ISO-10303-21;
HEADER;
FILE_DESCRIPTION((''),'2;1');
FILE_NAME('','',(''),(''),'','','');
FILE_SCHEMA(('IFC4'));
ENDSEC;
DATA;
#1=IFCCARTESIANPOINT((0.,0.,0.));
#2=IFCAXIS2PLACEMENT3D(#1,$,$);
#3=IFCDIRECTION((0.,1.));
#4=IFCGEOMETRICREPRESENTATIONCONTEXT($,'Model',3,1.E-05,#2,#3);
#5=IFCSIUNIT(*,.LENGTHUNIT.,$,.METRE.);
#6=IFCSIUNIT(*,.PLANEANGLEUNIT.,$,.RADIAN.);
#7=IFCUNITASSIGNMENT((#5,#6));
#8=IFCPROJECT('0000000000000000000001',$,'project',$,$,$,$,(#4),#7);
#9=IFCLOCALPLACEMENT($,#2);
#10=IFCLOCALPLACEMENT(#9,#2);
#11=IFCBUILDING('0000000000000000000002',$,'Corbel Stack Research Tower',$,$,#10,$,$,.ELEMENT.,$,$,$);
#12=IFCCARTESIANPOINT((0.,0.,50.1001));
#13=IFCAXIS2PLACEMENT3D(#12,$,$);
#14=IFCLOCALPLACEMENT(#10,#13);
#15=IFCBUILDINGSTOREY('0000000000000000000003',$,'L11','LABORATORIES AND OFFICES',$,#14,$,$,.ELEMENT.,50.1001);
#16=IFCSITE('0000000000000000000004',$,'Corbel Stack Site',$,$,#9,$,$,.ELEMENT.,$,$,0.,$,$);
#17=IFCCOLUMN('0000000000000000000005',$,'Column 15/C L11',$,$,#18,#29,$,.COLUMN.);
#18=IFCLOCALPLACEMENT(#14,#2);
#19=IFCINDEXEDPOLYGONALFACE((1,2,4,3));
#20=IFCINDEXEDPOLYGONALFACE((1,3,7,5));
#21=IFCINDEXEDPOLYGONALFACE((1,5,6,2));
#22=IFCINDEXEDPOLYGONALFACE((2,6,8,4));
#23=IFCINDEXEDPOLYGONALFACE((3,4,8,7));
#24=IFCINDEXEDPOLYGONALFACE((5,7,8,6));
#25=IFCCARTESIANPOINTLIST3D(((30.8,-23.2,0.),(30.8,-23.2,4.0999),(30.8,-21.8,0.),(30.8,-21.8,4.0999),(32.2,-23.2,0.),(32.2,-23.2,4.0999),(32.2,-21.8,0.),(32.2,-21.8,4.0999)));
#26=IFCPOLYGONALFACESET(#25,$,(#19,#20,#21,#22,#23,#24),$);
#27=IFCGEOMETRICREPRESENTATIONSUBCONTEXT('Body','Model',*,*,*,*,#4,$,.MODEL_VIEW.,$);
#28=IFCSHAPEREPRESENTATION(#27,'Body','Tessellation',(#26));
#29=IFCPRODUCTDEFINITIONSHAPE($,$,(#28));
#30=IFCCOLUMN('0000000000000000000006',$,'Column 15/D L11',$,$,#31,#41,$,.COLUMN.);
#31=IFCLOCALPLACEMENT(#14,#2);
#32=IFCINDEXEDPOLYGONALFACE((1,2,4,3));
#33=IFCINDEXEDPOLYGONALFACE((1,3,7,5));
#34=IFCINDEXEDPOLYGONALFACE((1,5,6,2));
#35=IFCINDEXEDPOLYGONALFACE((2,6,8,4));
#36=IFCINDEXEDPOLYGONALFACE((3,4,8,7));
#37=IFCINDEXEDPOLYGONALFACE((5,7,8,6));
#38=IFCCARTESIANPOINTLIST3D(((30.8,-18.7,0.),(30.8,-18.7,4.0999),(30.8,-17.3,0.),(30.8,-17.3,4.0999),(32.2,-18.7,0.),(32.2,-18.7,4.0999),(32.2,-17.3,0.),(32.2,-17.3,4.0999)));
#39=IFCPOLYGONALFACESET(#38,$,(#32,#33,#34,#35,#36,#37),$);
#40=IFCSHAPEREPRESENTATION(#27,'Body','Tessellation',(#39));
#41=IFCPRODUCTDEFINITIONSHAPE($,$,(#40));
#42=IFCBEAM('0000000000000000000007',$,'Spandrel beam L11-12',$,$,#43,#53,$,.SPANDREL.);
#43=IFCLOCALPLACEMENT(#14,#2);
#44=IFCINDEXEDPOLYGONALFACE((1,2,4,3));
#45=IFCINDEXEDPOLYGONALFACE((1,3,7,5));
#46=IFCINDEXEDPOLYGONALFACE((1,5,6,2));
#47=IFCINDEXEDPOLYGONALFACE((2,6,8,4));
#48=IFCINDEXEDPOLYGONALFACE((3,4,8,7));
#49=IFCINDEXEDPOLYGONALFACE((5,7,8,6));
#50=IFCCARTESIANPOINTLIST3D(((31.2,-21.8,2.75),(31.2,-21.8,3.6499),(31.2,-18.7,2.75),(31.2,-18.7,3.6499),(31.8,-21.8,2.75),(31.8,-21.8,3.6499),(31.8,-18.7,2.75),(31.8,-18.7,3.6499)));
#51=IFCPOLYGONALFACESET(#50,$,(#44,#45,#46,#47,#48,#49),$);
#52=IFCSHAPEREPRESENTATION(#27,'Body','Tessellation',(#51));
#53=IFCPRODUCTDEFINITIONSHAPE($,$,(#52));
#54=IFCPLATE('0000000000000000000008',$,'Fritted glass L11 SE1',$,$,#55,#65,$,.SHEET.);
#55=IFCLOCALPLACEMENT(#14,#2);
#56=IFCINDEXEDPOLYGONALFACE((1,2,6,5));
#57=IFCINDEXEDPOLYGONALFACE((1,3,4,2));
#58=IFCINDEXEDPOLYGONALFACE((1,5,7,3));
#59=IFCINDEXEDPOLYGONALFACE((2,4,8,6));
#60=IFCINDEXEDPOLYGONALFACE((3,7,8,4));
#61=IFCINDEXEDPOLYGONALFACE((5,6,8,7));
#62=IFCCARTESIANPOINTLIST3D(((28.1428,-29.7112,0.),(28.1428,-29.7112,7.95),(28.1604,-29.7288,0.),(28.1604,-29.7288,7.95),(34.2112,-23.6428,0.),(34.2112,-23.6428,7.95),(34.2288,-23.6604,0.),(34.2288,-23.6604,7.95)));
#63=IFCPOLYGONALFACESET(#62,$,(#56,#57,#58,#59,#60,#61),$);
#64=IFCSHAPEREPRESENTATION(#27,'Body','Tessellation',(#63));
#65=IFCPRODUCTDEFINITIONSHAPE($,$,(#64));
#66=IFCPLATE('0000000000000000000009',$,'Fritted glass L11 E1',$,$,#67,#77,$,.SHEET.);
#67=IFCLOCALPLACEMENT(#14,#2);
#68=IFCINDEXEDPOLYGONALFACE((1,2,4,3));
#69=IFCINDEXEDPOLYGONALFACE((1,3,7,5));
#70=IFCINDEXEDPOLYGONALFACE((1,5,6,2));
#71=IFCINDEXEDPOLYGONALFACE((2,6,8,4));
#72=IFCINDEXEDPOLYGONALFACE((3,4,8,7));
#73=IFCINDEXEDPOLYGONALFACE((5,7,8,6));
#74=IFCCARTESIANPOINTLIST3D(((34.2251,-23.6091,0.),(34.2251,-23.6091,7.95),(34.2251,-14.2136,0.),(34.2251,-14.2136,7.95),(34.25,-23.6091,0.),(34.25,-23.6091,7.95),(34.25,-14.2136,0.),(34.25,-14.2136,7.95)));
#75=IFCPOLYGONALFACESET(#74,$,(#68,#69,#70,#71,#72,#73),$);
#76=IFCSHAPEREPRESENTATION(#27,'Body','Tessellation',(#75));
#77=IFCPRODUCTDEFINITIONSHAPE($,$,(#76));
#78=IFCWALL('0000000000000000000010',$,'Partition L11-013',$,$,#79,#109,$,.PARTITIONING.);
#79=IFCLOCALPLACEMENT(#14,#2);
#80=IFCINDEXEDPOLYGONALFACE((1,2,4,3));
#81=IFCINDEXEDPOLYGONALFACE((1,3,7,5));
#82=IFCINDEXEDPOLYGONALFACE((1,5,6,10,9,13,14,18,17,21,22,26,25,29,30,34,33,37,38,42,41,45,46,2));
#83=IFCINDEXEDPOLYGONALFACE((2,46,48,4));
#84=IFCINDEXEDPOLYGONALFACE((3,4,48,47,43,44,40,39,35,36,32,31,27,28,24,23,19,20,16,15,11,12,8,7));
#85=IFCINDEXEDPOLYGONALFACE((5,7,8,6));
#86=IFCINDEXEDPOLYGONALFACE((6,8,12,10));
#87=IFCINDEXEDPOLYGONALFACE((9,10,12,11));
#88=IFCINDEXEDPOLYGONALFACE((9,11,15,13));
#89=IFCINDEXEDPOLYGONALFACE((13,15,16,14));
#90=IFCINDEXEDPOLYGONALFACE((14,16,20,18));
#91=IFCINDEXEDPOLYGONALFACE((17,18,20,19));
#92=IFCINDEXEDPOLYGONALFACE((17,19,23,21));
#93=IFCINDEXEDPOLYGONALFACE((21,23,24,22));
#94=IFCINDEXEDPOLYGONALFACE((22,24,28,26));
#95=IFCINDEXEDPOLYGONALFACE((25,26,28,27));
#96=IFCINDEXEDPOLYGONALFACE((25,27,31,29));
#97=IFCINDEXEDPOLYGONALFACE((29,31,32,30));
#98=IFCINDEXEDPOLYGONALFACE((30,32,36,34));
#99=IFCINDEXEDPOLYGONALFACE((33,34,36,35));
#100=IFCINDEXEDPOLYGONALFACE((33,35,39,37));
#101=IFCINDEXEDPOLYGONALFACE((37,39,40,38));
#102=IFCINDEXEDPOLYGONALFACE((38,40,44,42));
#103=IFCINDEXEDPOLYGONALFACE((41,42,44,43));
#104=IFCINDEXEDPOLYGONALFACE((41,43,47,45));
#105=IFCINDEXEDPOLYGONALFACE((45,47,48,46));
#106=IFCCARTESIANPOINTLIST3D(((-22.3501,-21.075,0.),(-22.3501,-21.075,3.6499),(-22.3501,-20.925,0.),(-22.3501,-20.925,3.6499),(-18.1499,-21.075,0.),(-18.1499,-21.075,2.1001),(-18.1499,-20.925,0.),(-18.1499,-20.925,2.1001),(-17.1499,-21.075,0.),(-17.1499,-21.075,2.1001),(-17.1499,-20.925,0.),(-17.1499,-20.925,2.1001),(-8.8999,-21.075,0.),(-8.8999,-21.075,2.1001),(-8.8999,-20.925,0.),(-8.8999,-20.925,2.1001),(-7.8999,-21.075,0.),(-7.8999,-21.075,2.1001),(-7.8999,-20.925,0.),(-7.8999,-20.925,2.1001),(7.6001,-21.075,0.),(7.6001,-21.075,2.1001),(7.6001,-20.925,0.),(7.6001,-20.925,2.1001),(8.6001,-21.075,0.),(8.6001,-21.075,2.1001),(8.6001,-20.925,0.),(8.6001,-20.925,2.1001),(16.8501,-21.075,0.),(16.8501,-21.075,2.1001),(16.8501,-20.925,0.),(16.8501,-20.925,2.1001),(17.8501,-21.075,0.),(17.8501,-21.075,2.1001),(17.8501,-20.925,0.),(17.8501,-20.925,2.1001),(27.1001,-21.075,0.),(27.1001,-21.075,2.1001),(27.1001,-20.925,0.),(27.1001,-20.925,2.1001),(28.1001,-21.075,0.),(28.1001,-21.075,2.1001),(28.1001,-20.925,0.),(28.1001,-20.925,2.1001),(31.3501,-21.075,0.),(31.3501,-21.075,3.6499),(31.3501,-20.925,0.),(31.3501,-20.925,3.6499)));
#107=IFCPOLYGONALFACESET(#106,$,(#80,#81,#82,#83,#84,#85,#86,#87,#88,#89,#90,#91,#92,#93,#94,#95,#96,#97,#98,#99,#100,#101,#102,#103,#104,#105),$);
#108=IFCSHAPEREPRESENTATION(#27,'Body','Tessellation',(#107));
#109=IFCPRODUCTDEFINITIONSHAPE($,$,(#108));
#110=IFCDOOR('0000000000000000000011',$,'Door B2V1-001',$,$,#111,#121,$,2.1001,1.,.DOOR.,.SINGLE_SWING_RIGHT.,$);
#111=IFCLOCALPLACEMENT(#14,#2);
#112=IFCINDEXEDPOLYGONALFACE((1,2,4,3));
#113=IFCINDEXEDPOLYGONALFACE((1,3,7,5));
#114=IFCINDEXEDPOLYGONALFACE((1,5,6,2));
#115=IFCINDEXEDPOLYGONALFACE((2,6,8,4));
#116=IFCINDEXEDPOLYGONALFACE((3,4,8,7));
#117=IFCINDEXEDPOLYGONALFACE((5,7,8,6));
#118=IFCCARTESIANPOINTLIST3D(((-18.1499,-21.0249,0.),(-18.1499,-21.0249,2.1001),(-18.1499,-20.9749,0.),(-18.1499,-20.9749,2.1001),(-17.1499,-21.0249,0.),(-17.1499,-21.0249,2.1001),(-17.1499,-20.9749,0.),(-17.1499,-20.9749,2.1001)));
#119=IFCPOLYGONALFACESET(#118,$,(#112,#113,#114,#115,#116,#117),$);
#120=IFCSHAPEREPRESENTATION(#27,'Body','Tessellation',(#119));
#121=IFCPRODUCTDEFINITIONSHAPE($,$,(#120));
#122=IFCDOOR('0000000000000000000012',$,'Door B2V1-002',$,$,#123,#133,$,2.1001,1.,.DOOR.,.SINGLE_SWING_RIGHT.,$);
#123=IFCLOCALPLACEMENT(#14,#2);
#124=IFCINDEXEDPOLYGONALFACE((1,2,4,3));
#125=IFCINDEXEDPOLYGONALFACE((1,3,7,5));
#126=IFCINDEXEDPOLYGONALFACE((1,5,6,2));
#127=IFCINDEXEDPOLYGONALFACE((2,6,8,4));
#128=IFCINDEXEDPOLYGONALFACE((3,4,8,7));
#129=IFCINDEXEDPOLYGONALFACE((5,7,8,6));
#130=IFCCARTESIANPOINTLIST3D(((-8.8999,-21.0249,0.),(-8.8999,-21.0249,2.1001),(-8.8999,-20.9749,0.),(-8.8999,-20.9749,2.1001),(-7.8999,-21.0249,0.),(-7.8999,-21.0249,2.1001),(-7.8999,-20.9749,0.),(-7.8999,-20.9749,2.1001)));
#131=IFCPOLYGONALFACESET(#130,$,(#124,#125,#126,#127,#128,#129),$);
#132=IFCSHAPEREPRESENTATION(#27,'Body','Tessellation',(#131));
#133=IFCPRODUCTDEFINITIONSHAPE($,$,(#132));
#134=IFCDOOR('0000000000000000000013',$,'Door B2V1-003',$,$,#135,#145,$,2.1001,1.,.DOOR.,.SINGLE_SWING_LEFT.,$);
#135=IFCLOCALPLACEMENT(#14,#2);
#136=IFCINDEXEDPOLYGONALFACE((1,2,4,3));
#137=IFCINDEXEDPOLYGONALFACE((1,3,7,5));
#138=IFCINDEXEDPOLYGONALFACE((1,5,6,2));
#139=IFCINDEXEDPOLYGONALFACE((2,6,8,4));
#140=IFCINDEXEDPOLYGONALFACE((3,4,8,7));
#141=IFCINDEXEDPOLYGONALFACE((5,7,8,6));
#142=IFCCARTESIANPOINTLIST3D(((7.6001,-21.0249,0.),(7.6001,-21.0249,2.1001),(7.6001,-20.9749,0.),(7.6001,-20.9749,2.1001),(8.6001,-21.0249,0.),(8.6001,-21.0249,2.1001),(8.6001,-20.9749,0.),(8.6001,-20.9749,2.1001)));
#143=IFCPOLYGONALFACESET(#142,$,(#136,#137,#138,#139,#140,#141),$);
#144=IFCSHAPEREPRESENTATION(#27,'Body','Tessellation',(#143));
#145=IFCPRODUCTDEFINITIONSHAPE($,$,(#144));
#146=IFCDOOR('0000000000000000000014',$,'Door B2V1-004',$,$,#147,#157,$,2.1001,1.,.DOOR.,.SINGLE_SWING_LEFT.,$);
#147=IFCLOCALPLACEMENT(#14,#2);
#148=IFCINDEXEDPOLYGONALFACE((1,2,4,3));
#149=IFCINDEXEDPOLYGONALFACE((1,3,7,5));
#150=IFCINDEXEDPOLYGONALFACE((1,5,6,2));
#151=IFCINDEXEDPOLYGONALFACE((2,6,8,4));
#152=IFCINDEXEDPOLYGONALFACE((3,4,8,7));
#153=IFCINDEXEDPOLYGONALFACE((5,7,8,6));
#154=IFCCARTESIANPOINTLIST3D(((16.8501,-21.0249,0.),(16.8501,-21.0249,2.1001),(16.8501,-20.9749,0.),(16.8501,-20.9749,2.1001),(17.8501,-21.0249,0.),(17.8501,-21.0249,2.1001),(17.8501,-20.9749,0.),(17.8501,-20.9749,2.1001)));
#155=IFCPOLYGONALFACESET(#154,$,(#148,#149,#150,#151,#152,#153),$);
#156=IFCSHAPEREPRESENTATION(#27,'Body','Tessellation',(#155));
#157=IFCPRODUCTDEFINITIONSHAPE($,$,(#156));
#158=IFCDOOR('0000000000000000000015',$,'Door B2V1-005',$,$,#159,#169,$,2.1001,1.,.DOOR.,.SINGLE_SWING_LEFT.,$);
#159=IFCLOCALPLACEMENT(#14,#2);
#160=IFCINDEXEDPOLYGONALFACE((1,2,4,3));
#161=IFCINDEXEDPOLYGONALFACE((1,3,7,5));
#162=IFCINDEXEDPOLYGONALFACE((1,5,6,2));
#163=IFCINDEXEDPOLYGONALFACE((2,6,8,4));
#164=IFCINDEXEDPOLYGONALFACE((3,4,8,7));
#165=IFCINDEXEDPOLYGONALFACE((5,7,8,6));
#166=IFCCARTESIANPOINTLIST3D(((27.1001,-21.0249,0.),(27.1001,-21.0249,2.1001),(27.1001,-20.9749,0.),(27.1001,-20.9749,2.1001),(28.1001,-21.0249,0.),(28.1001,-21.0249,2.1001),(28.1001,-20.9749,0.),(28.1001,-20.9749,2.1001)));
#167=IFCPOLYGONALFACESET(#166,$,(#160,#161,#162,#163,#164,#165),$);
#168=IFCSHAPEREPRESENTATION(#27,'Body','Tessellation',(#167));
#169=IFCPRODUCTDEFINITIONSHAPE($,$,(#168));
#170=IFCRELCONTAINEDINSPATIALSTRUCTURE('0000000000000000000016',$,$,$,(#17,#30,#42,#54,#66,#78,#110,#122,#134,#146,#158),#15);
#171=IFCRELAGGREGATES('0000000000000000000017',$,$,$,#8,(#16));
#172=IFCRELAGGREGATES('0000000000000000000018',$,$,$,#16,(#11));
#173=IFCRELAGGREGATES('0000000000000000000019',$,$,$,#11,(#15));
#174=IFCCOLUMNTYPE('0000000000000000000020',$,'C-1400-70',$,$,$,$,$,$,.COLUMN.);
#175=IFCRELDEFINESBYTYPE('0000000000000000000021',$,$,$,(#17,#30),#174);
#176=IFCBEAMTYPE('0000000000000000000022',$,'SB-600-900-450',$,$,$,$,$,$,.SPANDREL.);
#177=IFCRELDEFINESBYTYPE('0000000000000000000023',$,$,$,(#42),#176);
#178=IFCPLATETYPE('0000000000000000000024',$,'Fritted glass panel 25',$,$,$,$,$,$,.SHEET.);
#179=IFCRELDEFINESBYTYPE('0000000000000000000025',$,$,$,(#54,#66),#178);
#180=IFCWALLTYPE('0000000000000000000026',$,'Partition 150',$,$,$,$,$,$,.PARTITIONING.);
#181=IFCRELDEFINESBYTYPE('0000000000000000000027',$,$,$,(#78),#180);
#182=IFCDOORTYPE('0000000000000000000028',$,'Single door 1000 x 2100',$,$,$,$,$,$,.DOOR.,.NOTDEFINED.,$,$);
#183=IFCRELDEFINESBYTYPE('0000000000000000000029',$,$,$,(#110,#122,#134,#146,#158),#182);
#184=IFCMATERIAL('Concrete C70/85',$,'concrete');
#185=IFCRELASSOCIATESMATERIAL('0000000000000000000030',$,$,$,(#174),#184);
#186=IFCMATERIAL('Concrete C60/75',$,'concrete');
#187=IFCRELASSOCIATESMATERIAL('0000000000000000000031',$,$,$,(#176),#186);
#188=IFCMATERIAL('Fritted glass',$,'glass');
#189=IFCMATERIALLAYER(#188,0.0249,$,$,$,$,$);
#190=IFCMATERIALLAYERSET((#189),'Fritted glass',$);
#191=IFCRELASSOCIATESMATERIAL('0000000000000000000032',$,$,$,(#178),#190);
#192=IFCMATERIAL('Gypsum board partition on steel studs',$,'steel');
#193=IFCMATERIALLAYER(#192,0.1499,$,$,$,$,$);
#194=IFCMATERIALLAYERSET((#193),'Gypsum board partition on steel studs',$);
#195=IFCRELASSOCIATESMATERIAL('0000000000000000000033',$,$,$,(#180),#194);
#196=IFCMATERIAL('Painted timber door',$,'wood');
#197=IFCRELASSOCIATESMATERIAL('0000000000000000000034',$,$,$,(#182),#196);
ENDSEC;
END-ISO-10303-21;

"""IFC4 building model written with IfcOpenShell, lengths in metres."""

from ifc_helpers import new_model, si_unit, direction, frame, frame_2d, origin, origin_2d, place, context, subcontext, project, spatial, rectangle, extrude, material, layer, layer_set, material_profile, profile_set, type_object, element, fill, save


model = new_model("IFC4")

# Units and contexts
model_context = context("Model", 3, precision=1e-05, world=origin(), true_north=direction((0.0, 1.0)))
body_context = subcontext(model_context, "Body", "Model", "MODEL_VIEW")
ifc_project = project(units=[si_unit("LENGTHUNIT", "METRE"), si_unit("PLANEANGLEUNIT", "RADIAN")], contexts=[model_context])

# Site, building, storey
site_placement = place(None, origin())
site = spatial("IfcSite", under=ifc_project, at=site_placement, Name="Corbel Stack Site", CompositionType="ELEMENT", RefElevation=0.0)
building_placement = place(site_placement, origin())
building = spatial("IfcBuilding", under=site, at=building_placement, Name="Corbel Stack Research Tower", CompositionType="ELEMENT")
storey_placement = place(building_placement, frame((0.0, 0.0, 50.1001)))
storey = spatial("IfcBuildingStorey", under=building, at=storey_placement, Name="L11", Description="LABORATORIES AND OFFICES", CompositionType="ELEMENT", Elevation=50.1001)

# Columns
ifc_material_1 = material(Name="Concrete C70/85", Category="concrete")
ifc_material_profile_1 = material_profile(ifc_material_1, rectangle(XDim=1.3999, YDim=1.3999, at=origin_2d()), Name="RC 1400 x 1400")
ifc_profile_set_1 = profile_set([ifc_material_profile_1], Name="Concrete C70/85")
column_type = type_object("IfcColumnType", Name="C-1400-70", PredefinedType="COLUMN", material=ifc_profile_set_1)
for number, where, z_axis, x_axis, name in (
    (1, (31.5, -22.5, 0.0), (0.0, 0.0, 1.0), (1.0, 0.0, 0.0), "Column 15/C L11"),
    (2, (31.5, -18.0, 0.0), (0.0, 0.0, 1.0), (1.0, 0.0, 0.0), "Column 15/D L11"),
):
    element("IfcColumn", number, at=place(storey_placement, frame(where, z_axis=z_axis, x_axis=x_axis)), inside=storey, type_object=column_type, Name=name, PredefinedType="COLUMN", context=body_context, shape_type="SweptSolid", body=[
        extrude(rectangle(XDim=1.3999, YDim=1.3999, at=origin_2d()), origin(), (0.0, 0.0, 1.0), 4.0999),
    ])

# Beam
ifc_material_2 = material(Name="Concrete C60/75", Category="concrete")
ifc_material_profile_2 = material_profile(ifc_material_2, rectangle(XDim=0.6001, YDim=0.8999, at=origin_2d()), Name="RC 600 x 900")
ifc_profile_set_2 = profile_set([ifc_material_profile_2], Name="Concrete C60/75")
beam_type = type_object("IfcBeamType", Name="SB-600-900-450", PredefinedType="SPANDREL", material=ifc_profile_set_2)
beam_placement = place(storey_placement, frame((31.5, -21.8, 3.2), z_axis=(0.0, 1.0, 0.0), x_axis=(-1.0, 0.0, 0.0)))
element("IfcBeam", 3, at=beam_placement, inside=storey, type_object=beam_type, Name="Spandrel beam L11-12", PredefinedType="SPANDREL", context=body_context, shape_type="SweptSolid", body=[
    extrude(rectangle(XDim=0.6001, YDim=0.8999, at=origin_2d()), origin(), (0.0, 0.0, 1.0), 3.1001),
])

# Plates
ifc_material_3 = material(Name="Fritted glass", Category="glass")
ifc_layer_1 = layer(ifc_material_3, 0.0249)
ifc_layer_set_1 = layer_set([ifc_layer_1], Name="Fritted glass")
plate_type = type_object("IfcPlateType", Name="Fritted glass panel 25", PredefinedType="SHEET", material=ifc_layer_set_1)
plate_1_placement = place(storey_placement, frame((31.1858, -26.6858, 0.0), z_axis=(0.0, 0.0, 1.0), x_axis=(0.707107, 0.707107, 0.0)))
element("IfcPlate", 4, at=plate_1_placement, inside=storey, type_object=plate_type, Name="Fritted glass L11 SE1", PredefinedType="SHEET", context=body_context, shape_type="SweptSolid", body=[
    extrude(rectangle(XDim=8.582, YDim=0.0249, at=origin_2d()), origin(), (0.0, 0.0, 1.0), 7.95),
])
plate_2_placement = place(storey_placement, frame((34.2375, -18.9114, 0.0), z_axis=(0.0, 0.0, 1.0), x_axis=(0.0, 1.0, 0.0)))
element("IfcPlate", 5, at=plate_2_placement, inside=storey, type_object=plate_type, Name="Fritted glass L11 E1", PredefinedType="SHEET", context=body_context, shape_type="SweptSolid", body=[
    extrude(rectangle(XDim=9.3955, YDim=0.0249, at=origin_2d()), origin(), (0.0, 0.0, 1.0), 7.95),
])

# Wall, openings, doors
ifc_material_4 = material(Name="Gypsum board partition on steel studs", Category="steel")
ifc_layer_2 = layer(ifc_material_4, 0.1499)
ifc_layer_set_2 = layer_set([ifc_layer_2], Name="Gypsum board partition on steel studs")
wall_type_1 = type_object("IfcWallType", Name="Partition 150", PredefinedType="PARTITIONING", material=ifc_layer_set_2)
wall_1_placement = place(storey_placement, frame((31.3501, -21.0, 0.0), z_axis=(0.0, 0.0, 1.0), x_axis=(-1.0, 0.0, 0.0)))
wall_1 = element("IfcWall", 6, at=wall_1_placement, inside=storey, type_object=wall_type_1, Name="Partition L11-013", PredefinedType="PARTITIONING", context=body_context, shape_type="SweptSolid", body=[
    extrude(rectangle(XDim=53.7002, YDim=0.1499, at=frame_2d((26.8501, 0.0))), origin(), (0.0, 0.0, 1.0), 3.6499),
])
opening_1_placement = place(wall_1_placement, frame((48.5, 0.0, 0.0)))
opening_1 = element("IfcOpeningElement", 7, at=opening_1_placement, cuts=wall_1, PredefinedType="OPENING", context=body_context, shape_type="SweptSolid", body=[
    extrude(rectangle(XDim=1.0, YDim=2.1001, at=frame_2d((0.5, 1.05))), frame((0.0, 0.085, 0.0), z_axis=(0.0, -1.0, 0.0), x_axis=(1.0, 0.0, 0.0)), (0.0, 0.0, 1.0), 0.1699),
])
opening_2_placement = place(wall_1_placement, frame((39.25, 0.0, 0.0)))
opening_2 = element("IfcOpeningElement", 8, at=opening_2_placement, cuts=wall_1, PredefinedType="OPENING", context=body_context, shape_type="SweptSolid", body=[
    extrude(rectangle(XDim=1.0, YDim=2.1001, at=frame_2d((0.5, 1.05))), frame((0.0, 0.085, 0.0), z_axis=(0.0, -1.0, 0.0), x_axis=(1.0, 0.0, 0.0)), (0.0, 0.0, 1.0), 0.1699),
])
opening_3_placement = place(wall_1_placement, frame((22.75, 0.0, 0.0)))
opening_3 = element("IfcOpeningElement", 9, at=opening_3_placement, cuts=wall_1, PredefinedType="OPENING", context=body_context, shape_type="SweptSolid", body=[
    extrude(rectangle(XDim=1.0, YDim=2.1001, at=frame_2d((0.5, 1.05))), frame((0.0, 0.085, 0.0), z_axis=(0.0, -1.0, 0.0), x_axis=(1.0, 0.0, 0.0)), (0.0, 0.0, 1.0), 0.1699),
])
opening_4_placement = place(wall_1_placement, frame((13.5, 0.0, 0.0)))
opening_4 = element("IfcOpeningElement", 10, at=opening_4_placement, cuts=wall_1, PredefinedType="OPENING", context=body_context, shape_type="SweptSolid", body=[
    extrude(rectangle(XDim=1.0, YDim=2.1001, at=frame_2d((0.5, 1.05))), frame((0.0, 0.085, 0.0), z_axis=(0.0, -1.0, 0.0), x_axis=(1.0, 0.0, 0.0)), (0.0, 0.0, 1.0), 0.1699),
])
opening_5_placement = place(wall_1_placement, frame((3.25, 0.0, 0.0)))
opening_5 = element("IfcOpeningElement", 11, at=opening_5_placement, cuts=wall_1, PredefinedType="OPENING", context=body_context, shape_type="SweptSolid", body=[
    extrude(rectangle(XDim=1.0, YDim=2.1001, at=frame_2d((0.5, 1.05))), frame((0.0, 0.085, 0.0), z_axis=(0.0, -1.0, 0.0), x_axis=(1.0, 0.0, 0.0)), (0.0, 0.0, 1.0), 0.1699),
])
ifc_material_5 = material(Name="Painted timber door", Category="wood")
door_type_1 = type_object("IfcDoorType", Name="Single door 1000 x 2100", OperationType="NOTDEFINED", PredefinedType="DOOR", material=ifc_material_5)
door_1_placement = place(opening_1_placement, origin())
door_1 = element("IfcDoor", 12, at=door_1_placement, inside=storey, type_object=door_type_1, Name="Door B2V1-001", OperationType="SINGLE_SWING_RIGHT", OverallHeight=2.1001, OverallWidth=1.0, PredefinedType="DOOR", context=body_context, shape_type="SweptSolid", body=[
    extrude(rectangle(XDim=1.0, YDim=2.1001, at=frame_2d((0.5, 1.05))), frame((0.0, 0.0249, 0.0), z_axis=(0.0, -1.0, 0.0), x_axis=(1.0, 0.0, 0.0)), (0.0, 0.0, 1.0), 0.05),
])
fill(opening_1, door_1)
door_2_placement = place(opening_2_placement, origin())
door_2 = element("IfcDoor", 13, at=door_2_placement, inside=storey, type_object=door_type_1, Name="Door B2V1-002", OperationType="SINGLE_SWING_RIGHT", OverallHeight=2.1001, OverallWidth=1.0, PredefinedType="DOOR", context=body_context, shape_type="SweptSolid", body=[
    extrude(rectangle(XDim=1.0, YDim=2.1001, at=frame_2d((0.5, 1.05))), frame((0.0, 0.0249, 0.0), z_axis=(0.0, -1.0, 0.0), x_axis=(1.0, 0.0, 0.0)), (0.0, 0.0, 1.0), 0.05),
])
fill(opening_2, door_2)
door_3_placement = place(opening_3_placement, origin())
door_3 = element("IfcDoor", 14, at=door_3_placement, inside=storey, type_object=door_type_1, Name="Door B2V1-003", OperationType="SINGLE_SWING_LEFT", OverallHeight=2.1001, OverallWidth=1.0, PredefinedType="DOOR", context=body_context, shape_type="SweptSolid", body=[
    extrude(rectangle(XDim=1.0, YDim=2.1001, at=frame_2d((0.5, 1.05))), frame((0.0, 0.0249, 0.0), z_axis=(0.0, -1.0, 0.0), x_axis=(1.0, 0.0, 0.0)), (0.0, 0.0, 1.0), 0.05),
])
fill(opening_3, door_3)
door_4_placement = place(opening_4_placement, origin())
door_4 = element("IfcDoor", 15, at=door_4_placement, inside=storey, type_object=door_type_1, Name="Door B2V1-004", OperationType="SINGLE_SWING_LEFT", OverallHeight=2.1001, OverallWidth=1.0, PredefinedType="DOOR", context=body_context, shape_type="SweptSolid", body=[
    extrude(rectangle(XDim=1.0, YDim=2.1001, at=frame_2d((0.5, 1.05))), frame((0.0, 0.0249, 0.0), z_axis=(0.0, -1.0, 0.0), x_axis=(1.0, 0.0, 0.0)), (0.0, 0.0, 1.0), 0.05),
])
fill(opening_4, door_4)
door_5_placement = place(opening_5_placement, origin())
door_5 = element("IfcDoor", 16, at=door_5_placement, inside=storey, type_object=door_type_1, Name="Door B2V1-005", OperationType="SINGLE_SWING_LEFT", OverallHeight=2.1001, OverallWidth=1.0, PredefinedType="DOOR", context=body_context, shape_type="SweptSolid", body=[
    extrude(rectangle(XDim=1.0, YDim=2.1001, at=frame_2d((0.5, 1.05))), frame((0.0, 0.0249, 0.0), z_axis=(0.0, -1.0, 0.0), x_axis=(1.0, 0.0, 0.0)), (0.0, 0.0, 1.0), 0.05),
])
fill(opening_5, door_5)

save(model, "model.ifc")
